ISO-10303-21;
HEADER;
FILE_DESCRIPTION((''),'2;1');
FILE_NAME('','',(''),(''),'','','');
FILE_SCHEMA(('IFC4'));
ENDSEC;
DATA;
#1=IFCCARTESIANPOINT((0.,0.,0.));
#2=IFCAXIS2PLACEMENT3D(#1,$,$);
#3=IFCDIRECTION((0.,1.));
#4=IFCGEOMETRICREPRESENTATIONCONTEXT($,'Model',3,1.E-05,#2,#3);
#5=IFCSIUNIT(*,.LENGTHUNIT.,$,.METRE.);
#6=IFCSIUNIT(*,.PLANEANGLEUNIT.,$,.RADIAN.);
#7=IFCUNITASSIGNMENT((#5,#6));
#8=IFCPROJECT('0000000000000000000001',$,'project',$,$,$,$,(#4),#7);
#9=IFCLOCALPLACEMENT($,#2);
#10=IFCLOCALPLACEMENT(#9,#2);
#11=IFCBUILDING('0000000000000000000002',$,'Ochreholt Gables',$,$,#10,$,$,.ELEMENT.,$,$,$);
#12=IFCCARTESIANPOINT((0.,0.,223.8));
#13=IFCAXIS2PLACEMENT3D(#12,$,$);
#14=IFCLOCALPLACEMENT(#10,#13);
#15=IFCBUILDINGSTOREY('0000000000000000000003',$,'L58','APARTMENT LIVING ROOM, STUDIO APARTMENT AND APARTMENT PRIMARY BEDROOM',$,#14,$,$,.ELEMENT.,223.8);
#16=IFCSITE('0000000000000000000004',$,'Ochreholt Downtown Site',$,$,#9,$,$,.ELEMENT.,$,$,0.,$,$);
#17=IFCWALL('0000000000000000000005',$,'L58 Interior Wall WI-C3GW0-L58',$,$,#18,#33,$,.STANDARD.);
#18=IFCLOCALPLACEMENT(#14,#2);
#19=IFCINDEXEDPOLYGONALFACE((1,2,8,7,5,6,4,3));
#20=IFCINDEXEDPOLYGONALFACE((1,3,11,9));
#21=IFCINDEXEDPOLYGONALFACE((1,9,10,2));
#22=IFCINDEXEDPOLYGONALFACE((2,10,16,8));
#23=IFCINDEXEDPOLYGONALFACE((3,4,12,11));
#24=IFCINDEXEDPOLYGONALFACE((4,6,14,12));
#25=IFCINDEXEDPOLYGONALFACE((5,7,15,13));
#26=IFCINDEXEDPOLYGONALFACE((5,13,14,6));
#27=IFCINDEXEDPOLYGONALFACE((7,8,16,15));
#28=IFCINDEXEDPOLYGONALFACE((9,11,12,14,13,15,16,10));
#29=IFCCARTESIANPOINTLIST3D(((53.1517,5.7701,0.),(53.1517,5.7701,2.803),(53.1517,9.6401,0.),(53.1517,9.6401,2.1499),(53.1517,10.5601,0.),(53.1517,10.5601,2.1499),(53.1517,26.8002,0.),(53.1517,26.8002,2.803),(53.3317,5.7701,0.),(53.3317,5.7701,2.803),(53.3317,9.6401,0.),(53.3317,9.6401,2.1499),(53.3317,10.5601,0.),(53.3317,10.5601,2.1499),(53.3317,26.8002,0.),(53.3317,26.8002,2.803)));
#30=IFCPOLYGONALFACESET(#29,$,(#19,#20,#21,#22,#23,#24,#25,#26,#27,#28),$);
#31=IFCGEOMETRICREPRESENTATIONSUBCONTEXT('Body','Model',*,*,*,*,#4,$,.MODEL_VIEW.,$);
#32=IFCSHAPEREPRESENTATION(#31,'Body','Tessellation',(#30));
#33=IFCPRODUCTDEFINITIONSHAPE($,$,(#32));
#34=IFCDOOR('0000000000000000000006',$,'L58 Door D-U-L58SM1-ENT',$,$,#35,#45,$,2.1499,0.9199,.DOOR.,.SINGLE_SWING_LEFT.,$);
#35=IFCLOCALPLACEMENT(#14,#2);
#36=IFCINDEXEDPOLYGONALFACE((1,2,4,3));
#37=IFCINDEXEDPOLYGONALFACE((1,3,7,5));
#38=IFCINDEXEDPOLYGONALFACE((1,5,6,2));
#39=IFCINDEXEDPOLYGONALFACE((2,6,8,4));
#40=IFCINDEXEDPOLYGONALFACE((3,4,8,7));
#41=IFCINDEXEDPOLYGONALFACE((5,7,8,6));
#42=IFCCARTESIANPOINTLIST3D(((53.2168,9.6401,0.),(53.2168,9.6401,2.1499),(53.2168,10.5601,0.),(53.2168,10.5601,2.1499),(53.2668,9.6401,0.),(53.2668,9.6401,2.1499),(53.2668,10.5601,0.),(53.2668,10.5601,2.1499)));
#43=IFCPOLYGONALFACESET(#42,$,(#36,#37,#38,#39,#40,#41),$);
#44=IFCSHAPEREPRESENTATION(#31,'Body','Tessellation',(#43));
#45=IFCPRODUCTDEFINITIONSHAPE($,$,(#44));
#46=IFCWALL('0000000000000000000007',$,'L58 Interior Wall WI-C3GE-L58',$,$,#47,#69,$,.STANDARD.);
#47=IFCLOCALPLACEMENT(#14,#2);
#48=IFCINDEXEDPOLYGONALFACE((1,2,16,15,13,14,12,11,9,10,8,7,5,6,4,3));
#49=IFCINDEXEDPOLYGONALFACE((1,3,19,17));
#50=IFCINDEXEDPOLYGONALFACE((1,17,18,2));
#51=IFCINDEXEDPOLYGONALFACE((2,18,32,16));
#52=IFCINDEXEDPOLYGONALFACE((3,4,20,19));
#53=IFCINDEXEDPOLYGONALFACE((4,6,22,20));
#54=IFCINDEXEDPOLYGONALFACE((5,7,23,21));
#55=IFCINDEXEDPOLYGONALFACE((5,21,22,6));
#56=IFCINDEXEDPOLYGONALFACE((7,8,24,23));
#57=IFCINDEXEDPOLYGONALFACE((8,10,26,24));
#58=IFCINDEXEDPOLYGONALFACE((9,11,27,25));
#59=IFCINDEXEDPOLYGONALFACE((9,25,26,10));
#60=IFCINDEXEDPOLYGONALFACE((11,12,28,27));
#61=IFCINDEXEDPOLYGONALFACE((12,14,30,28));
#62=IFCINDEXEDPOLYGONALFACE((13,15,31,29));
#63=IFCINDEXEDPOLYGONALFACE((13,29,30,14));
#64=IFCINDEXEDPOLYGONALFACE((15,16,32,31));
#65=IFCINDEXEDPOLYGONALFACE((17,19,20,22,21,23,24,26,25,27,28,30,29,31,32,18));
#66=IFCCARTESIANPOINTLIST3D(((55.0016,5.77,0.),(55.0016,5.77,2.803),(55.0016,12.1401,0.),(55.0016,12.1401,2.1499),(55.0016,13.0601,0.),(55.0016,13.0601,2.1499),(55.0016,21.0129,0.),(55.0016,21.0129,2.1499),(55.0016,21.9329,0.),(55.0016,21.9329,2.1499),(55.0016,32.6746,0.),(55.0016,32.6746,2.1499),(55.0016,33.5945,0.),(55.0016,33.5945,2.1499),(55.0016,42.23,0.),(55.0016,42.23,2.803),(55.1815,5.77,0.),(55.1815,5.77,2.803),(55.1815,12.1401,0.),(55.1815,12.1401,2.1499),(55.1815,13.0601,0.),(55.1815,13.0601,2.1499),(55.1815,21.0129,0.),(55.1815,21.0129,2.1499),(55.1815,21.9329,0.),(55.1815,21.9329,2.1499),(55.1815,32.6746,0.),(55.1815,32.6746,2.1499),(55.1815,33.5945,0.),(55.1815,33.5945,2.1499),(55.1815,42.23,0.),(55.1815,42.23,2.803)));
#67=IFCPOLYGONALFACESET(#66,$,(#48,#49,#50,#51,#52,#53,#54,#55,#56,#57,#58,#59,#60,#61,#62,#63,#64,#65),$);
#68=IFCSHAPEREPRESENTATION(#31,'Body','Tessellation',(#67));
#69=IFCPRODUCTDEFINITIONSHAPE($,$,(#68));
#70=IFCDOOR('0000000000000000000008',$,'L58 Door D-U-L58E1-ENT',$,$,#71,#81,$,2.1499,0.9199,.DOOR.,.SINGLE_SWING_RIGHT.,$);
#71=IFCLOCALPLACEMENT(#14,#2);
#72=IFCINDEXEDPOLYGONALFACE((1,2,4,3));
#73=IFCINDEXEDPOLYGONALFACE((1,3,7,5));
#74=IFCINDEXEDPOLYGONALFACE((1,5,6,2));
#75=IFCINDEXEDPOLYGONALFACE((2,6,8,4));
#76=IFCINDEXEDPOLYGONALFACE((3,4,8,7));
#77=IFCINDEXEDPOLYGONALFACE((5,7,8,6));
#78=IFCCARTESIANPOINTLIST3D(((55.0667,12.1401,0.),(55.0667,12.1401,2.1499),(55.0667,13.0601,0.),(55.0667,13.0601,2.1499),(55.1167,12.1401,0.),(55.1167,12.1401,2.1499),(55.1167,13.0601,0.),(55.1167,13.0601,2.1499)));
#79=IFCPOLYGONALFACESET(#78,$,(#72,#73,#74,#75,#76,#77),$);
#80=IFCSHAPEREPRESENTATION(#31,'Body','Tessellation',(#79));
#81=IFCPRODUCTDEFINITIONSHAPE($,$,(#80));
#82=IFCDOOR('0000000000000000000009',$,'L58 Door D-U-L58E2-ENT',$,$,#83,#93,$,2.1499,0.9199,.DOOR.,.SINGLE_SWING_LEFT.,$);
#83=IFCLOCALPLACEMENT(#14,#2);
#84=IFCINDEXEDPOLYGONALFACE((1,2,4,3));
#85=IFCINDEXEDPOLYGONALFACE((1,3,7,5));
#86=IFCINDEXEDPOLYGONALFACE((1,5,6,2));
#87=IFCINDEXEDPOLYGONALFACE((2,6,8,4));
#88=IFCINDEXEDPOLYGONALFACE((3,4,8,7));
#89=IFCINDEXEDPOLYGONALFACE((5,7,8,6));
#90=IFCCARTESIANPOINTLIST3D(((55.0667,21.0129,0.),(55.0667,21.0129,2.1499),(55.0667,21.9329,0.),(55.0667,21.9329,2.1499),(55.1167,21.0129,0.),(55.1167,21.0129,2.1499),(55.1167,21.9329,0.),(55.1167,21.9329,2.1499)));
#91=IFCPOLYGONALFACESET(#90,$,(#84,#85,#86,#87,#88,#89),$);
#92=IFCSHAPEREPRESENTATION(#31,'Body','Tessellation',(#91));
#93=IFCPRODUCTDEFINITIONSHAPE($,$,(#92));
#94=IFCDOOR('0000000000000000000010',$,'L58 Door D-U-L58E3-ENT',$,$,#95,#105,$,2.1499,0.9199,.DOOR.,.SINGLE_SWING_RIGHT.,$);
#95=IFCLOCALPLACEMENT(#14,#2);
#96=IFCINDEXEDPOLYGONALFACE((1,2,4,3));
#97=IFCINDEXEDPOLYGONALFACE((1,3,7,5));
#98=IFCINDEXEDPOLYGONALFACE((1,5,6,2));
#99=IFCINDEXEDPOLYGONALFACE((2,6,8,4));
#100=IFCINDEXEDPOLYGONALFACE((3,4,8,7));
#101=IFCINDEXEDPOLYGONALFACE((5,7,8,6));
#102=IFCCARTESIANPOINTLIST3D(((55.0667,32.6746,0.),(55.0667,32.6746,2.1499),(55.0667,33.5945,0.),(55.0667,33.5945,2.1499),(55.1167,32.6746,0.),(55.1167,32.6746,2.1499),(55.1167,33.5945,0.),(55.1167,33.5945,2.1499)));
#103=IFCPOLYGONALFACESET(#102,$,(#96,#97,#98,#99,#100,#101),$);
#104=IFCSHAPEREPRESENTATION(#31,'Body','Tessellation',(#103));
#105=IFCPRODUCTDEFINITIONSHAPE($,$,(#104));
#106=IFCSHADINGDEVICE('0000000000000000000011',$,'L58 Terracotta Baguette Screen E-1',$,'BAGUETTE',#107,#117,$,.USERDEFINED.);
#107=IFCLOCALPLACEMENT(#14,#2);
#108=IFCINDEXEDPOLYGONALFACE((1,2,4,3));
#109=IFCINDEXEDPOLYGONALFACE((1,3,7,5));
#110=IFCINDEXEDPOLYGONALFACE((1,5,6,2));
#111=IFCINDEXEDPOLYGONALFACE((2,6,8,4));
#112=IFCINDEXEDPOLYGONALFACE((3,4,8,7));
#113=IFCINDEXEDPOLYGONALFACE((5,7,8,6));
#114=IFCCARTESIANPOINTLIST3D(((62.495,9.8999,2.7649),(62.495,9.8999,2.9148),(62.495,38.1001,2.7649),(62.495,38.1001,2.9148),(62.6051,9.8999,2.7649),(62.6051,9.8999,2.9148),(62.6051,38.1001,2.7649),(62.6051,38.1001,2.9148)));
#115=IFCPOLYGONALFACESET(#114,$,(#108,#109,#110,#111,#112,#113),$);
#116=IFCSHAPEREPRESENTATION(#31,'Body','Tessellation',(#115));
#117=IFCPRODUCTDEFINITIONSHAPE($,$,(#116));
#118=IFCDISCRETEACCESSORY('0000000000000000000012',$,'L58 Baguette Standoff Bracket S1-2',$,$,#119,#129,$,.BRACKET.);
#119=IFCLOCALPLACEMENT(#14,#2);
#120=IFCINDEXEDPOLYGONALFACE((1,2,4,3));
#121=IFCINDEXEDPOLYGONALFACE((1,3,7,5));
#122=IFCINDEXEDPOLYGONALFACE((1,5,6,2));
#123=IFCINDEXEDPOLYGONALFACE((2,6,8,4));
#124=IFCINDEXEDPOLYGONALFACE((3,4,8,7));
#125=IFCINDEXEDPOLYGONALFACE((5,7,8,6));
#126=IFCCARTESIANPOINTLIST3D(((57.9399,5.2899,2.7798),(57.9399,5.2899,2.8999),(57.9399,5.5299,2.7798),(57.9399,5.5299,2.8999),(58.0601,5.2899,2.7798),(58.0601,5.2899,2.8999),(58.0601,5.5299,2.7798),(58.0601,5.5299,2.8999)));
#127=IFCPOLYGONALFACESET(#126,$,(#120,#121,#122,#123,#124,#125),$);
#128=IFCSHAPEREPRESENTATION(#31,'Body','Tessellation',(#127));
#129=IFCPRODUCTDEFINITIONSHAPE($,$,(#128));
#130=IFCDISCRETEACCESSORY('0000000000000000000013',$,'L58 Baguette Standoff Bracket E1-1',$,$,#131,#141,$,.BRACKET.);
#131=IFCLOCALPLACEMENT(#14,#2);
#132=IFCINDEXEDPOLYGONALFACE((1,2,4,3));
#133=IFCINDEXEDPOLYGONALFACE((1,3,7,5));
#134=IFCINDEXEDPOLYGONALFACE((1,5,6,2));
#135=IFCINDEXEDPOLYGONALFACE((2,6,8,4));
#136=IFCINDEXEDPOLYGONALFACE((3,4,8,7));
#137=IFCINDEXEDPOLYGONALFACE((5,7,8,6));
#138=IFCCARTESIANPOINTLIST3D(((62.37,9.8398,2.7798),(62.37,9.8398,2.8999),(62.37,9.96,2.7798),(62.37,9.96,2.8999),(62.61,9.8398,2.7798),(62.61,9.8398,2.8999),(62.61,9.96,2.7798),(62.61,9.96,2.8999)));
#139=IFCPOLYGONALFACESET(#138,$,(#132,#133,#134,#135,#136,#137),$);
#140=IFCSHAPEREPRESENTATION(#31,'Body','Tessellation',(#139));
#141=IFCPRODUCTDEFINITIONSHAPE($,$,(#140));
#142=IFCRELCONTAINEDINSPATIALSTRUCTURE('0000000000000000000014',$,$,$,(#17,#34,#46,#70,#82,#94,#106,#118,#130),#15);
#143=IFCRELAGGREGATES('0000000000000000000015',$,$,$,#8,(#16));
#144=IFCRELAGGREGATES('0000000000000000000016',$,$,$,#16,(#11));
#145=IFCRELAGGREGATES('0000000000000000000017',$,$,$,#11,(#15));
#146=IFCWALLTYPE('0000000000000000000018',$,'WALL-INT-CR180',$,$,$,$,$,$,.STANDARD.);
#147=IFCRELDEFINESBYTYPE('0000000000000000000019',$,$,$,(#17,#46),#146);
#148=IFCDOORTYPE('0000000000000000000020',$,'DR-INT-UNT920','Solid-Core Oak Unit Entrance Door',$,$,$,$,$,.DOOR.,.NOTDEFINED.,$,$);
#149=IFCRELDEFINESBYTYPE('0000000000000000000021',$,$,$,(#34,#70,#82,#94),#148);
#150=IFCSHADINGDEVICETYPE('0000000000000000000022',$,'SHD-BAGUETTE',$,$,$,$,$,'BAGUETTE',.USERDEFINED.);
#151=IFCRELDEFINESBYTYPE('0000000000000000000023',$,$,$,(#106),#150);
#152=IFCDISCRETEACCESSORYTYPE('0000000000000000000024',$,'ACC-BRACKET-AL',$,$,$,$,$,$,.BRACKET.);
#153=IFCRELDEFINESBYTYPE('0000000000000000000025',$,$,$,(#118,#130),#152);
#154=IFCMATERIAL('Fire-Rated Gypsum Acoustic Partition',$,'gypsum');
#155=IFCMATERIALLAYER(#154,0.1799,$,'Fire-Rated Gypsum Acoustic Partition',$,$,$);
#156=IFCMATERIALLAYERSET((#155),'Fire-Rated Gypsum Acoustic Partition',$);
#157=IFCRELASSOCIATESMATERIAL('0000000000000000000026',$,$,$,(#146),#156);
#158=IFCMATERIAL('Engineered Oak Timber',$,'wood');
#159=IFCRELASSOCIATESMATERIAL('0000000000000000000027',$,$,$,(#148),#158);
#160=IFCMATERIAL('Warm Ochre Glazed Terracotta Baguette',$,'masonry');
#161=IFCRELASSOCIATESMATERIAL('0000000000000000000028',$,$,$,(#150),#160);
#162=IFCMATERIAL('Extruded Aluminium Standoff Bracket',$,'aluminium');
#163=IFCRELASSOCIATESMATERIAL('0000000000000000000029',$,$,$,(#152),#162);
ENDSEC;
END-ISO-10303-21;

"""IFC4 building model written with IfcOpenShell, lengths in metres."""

from ifc_helpers import new_model, si_unit, direction, frame, frame_2d, origin, origin_2d, place, context, subcontext, project, spatial, rectangle, extrude, material, layer, layer_set, material_profile, profile_set, type_object, element, fill, save


model = new_model("IFC4")

# Units and contexts
model_context = context("Model", 3, precision=1e-05, world=origin(), true_north=direction((0.0, 1.0)))
body_context = subcontext(model_context, "Body", "Model", "MODEL_VIEW")
ifc_project = project(units=[si_unit("LENGTHUNIT", "METRE"), si_unit("PLANEANGLEUNIT", "RADIAN")], contexts=[model_context])

# Site, building, storey
site_placement = place(None, origin())
site = spatial("IfcSite", under=ifc_project, at=site_placement, Name="Ochreholt Downtown Site", CompositionType="ELEMENT", RefElevation=0.0)
building_placement = place(site_placement, origin())
building = spatial("IfcBuilding", under=site, at=building_placement, Name="Ochreholt Gables", CompositionType="ELEMENT")
storey_placement = place(building_placement, frame((0.0, 0.0, 223.8)))
storey = spatial("IfcBuildingStorey", under=building, at=storey_placement, Name="L58", Description="APARTMENT LIVING ROOM, STUDIO APARTMENT AND APARTMENT PRIMARY BEDROOM", CompositionType="ELEMENT", Elevation=223.8)

# Wall, opening, door
ifc_material_1 = material(Name="Fire-Rated Gypsum Acoustic Partition", Category="gypsum")
ifc_layer_1 = layer(ifc_material_1, 0.1799, Name="Fire-Rated Gypsum Acoustic Partition")
ifc_layer_set_1 = layer_set([ifc_layer_1], Name="Fire-Rated Gypsum Acoustic Partition")
wall_type_1 = type_object("IfcWallType", Name="WALL-INT-CR180", PredefinedType="STANDARD", material=ifc_layer_set_1)
wall_1_placement = place(storey_placement, frame((53.2417, 5.77, 0.0), z_axis=(0.0, 0.0, 1.0), x_axis=(0.0, 1.0, 0.0)))
wall_1 = element("IfcWall", 1, at=wall_1_placement, inside=storey, type_object=wall_type_1, Name="L58 Interior Wall WI-C3GW0-L58", PredefinedType="STANDARD", context=body_context, shape_type="SweptSolid", body=[
    extrude(rectangle(XDim=21.03, YDim=0.1799, at=frame_2d((10.5151, 0.0))), origin(), (0.0, 0.0, 1.0), 2.803),
])
opening_1_placement = place(wall_1_placement, frame((3.8701, 0.0, 0.0)))
opening_1 = element("IfcOpeningElement", 2, at=opening_1_placement, cuts=wall_1, PredefinedType="OPENING", context=body_context, shape_type="SweptSolid", body=[
    extrude(rectangle(XDim=0.9199, YDim=2.1499, at=frame_2d((0.46, 1.075))), frame((0.0, 0.0999, 0.0), z_axis=(0.0, -1.0, 0.0), x_axis=(1.0, 0.0, 0.0)), (0.0, 0.0, 1.0), 0.2),
])
ifc_material_2 = material(Name="Engineered Oak Timber", Category="wood")
door_type = type_object("IfcDoorType", Name="DR-INT-UNT920", Description="Solid-Core Oak Unit Entrance Door", OperationType="NOTDEFINED", PredefinedType="DOOR", material=ifc_material_2)
door_1_placement = place(opening_1_placement, origin())
door_1 = element("IfcDoor", 3, at=door_1_placement, inside=storey, type_object=door_type, Name="L58 Door D-U-L58SM1-ENT", OperationType="SINGLE_SWING_LEFT", OverallHeight=2.1499, OverallWidth=0.9199, PredefinedType="DOOR", context=body_context, shape_type="SweptSolid", body=[
    extrude(rectangle(XDim=0.9199, YDim=2.1499, at=frame_2d((0.46, 1.075))), frame((0.0, 0.0249, 0.0), z_axis=(0.0, -1.0, 0.0), x_axis=(1.0, 0.0, 0.0)), (0.0, 0.0, 1.0), 0.05),
])
fill(opening_1, door_1)

# Wall, openings, doors
wall_2_placement = place(storey_placement, frame((55.0916, 5.77, 0.0), z_axis=(0.0, 0.0, 1.0), x_axis=(0.0, 1.0, 0.0)))
wall_2 = element("IfcWall", 4, at=wall_2_placement, inside=storey, type_object=wall_type_1, Name="L58 Interior Wall WI-C3GE-L58", PredefinedType="STANDARD", context=body_context, shape_type="SweptSolid", body=[
    extrude(rectangle(XDim=36.46, YDim=0.1799, at=frame_2d((18.23, 0.0))), origin(), (0.0, 0.0, 1.0), 2.803),
])
opening_2_placement = place(wall_2_placement, frame((6.3701, 0.0, 0.0)))
opening_2 = element("IfcOpeningElement", 5, at=opening_2_placement, cuts=wall_2, PredefinedType="OPENING", context=body_context, shape_type="SweptSolid", body=[
    extrude(rectangle(XDim=0.9199, YDim=2.1499, at=frame_2d((0.46, 1.075))), frame((0.0, 0.0999, 0.0), z_axis=(0.0, -1.0, 0.0), x_axis=(1.0, 0.0, 0.0)), (0.0, 0.0, 1.0), 0.2),
])
opening_3_placement = place(wall_2_placement, frame((15.2429, 0.0, 0.0)))
opening_3 = element("IfcOpeningElement", 6, at=opening_3_placement, cuts=wall_2, PredefinedType="OPENING", context=body_context, shape_type="SweptSolid", body=[
    extrude(rectangle(XDim=0.9199, YDim=2.1499, at=frame_2d((0.46, 1.075))), frame((0.0, 0.0999, 0.0), z_axis=(0.0, -1.0, 0.0), x_axis=(1.0, 0.0, 0.0)), (0.0, 0.0, 1.0), 0.2),
])
opening_4_placement = place(wall_2_placement, frame((26.9045, 0.0, 0.0)))
opening_4 = element("IfcOpeningElement", 7, at=opening_4_placement, cuts=wall_2, PredefinedType="OPENING", context=body_context, shape_type="SweptSolid", body=[
    extrude(rectangle(XDim=0.9199, YDim=2.1499, at=frame_2d((0.46, 1.075))), frame((0.0, 0.0999, 0.0), z_axis=(0.0, -1.0, 0.0), x_axis=(1.0, 0.0, 0.0)), (0.0, 0.0, 1.0), 0.2),
])
door_2_placement = place(opening_2_placement, origin())
door_2 = element("IfcDoor", 8, at=door_2_placement, inside=storey, type_object=door_type, Name="L58 Door D-U-L58E1-ENT", OperationType="SINGLE_SWING_RIGHT", OverallHeight=2.1499, OverallWidth=0.9199, PredefinedType="DOOR", context=body_context, shape_type="SweptSolid", body=[
    extrude(rectangle(XDim=0.9199, YDim=2.1499, at=frame_2d((0.46, 1.075))), frame((0.0, 0.0249, 0.0), z_axis=(0.0, -1.0, 0.0), x_axis=(1.0, 0.0, 0.0)), (0.0, 0.0, 1.0), 0.05),
])
fill(opening_2, door_2)
door_3_placement = place(opening_3_placement, origin())
door_3 = element("IfcDoor", 9, at=door_3_placement, inside=storey, type_object=door_type, Name="L58 Door D-U-L58E2-ENT", OperationType="SINGLE_SWING_LEFT", OverallHeight=2.1499, OverallWidth=0.9199, PredefinedType="DOOR", context=body_context, shape_type="SweptSolid", body=[
    extrude(rectangle(XDim=0.9199, YDim=2.1499, at=frame_2d((0.46, 1.075))), frame((0.0, 0.0249, 0.0), z_axis=(0.0, -1.0, 0.0), x_axis=(1.0, 0.0, 0.0)), (0.0, 0.0, 1.0), 0.05),
])
fill(opening_3, door_3)
door_4_placement = place(opening_4_placement, origin())
door_4 = element("IfcDoor", 10, at=door_4_placement, inside=storey, type_object=door_type, Name="L58 Door D-U-L58E3-ENT", OperationType="SINGLE_SWING_RIGHT", OverallHeight=2.1499, OverallWidth=0.9199, PredefinedType="DOOR", context=body_context, shape_type="SweptSolid", body=[
    extrude(rectangle(XDim=0.9199, YDim=2.1499, at=frame_2d((0.46, 1.075))), frame((0.0, 0.0249, 0.0), z_axis=(0.0, -1.0, 0.0), x_axis=(1.0, 0.0, 0.0)), (0.0, 0.0, 1.0), 0.05),
])
fill(opening_4, door_4)

# Shading device
ifc_material_3 = material(Name="Warm Ochre Glazed Terracotta Baguette", Category="masonry")
ifc_material_profile_1 = material_profile(ifc_material_3, rectangle(XDim=0.1101, YDim=0.1499, at=origin_2d()), Name="TCBAG110X150")
ifc_profile_set_1 = profile_set([ifc_material_profile_1], Name="Warm Ochre Glazed Terracotta Baguette")
shading_device_type = type_object("IfcShadingDeviceType", Name="SHD-BAGUETTE", ElementType="BAGUETTE", PredefinedType="USERDEFINED", material=ifc_profile_set_1)
shading_device_placement = place(storey_placement, frame((62.55, 9.8999, 2.8398), z_axis=(0.0, 1.0, 0.0), x_axis=(-1.0, 0.0, 0.0)))
element("IfcShadingDevice", 11, at=shading_device_placement, inside=storey, type_object=shading_device_type, Name="L58 Terracotta Baguette Screen E-1", ObjectType="BAGUETTE", PredefinedType="USERDEFINED", context=body_context, shape_type="SweptSolid", body=[
    extrude(rectangle(XDim=0.1101, YDim=0.1499, at=origin_2d()), origin(), (0.0, 0.0, 1.0), 28.2002),
])

# Discrete accessories
ifc_material_4 = material(Name="Extruded Aluminium Standoff Bracket", Category="aluminium")
discrete_accessory_type = type_object("IfcDiscreteAccessoryType", Name="ACC-BRACKET-AL", PredefinedType="BRACKET", material=ifc_material_4)
for number, where, z_axis, x_axis, name in (
    (12, (58.0, 5.4099, 2.7798), (0.0, 0.0, 1.0), (1.0, 0.0, 0.0), "L58 Baguette Standoff Bracket S1-2"),
    (13, (62.49, 9.8999, 2.7798), (0.0, 0.0, 1.0), (0.0, 1.0, 0.0), "L58 Baguette Standoff Bracket E1-1"),
):
    element("IfcDiscreteAccessory", number, at=place(storey_placement, frame(where, z_axis=z_axis, x_axis=x_axis)), inside=storey, type_object=discrete_accessory_type, Name=name, PredefinedType="BRACKET", context=body_context, shape_type="SweptSolid", body=[
        extrude(rectangle(XDim=0.1201, YDim=0.24, at=origin_2d()), origin(), (0.0, 0.0, 1.0), 0.1201),
    ])

save(model, "model.ifc")
